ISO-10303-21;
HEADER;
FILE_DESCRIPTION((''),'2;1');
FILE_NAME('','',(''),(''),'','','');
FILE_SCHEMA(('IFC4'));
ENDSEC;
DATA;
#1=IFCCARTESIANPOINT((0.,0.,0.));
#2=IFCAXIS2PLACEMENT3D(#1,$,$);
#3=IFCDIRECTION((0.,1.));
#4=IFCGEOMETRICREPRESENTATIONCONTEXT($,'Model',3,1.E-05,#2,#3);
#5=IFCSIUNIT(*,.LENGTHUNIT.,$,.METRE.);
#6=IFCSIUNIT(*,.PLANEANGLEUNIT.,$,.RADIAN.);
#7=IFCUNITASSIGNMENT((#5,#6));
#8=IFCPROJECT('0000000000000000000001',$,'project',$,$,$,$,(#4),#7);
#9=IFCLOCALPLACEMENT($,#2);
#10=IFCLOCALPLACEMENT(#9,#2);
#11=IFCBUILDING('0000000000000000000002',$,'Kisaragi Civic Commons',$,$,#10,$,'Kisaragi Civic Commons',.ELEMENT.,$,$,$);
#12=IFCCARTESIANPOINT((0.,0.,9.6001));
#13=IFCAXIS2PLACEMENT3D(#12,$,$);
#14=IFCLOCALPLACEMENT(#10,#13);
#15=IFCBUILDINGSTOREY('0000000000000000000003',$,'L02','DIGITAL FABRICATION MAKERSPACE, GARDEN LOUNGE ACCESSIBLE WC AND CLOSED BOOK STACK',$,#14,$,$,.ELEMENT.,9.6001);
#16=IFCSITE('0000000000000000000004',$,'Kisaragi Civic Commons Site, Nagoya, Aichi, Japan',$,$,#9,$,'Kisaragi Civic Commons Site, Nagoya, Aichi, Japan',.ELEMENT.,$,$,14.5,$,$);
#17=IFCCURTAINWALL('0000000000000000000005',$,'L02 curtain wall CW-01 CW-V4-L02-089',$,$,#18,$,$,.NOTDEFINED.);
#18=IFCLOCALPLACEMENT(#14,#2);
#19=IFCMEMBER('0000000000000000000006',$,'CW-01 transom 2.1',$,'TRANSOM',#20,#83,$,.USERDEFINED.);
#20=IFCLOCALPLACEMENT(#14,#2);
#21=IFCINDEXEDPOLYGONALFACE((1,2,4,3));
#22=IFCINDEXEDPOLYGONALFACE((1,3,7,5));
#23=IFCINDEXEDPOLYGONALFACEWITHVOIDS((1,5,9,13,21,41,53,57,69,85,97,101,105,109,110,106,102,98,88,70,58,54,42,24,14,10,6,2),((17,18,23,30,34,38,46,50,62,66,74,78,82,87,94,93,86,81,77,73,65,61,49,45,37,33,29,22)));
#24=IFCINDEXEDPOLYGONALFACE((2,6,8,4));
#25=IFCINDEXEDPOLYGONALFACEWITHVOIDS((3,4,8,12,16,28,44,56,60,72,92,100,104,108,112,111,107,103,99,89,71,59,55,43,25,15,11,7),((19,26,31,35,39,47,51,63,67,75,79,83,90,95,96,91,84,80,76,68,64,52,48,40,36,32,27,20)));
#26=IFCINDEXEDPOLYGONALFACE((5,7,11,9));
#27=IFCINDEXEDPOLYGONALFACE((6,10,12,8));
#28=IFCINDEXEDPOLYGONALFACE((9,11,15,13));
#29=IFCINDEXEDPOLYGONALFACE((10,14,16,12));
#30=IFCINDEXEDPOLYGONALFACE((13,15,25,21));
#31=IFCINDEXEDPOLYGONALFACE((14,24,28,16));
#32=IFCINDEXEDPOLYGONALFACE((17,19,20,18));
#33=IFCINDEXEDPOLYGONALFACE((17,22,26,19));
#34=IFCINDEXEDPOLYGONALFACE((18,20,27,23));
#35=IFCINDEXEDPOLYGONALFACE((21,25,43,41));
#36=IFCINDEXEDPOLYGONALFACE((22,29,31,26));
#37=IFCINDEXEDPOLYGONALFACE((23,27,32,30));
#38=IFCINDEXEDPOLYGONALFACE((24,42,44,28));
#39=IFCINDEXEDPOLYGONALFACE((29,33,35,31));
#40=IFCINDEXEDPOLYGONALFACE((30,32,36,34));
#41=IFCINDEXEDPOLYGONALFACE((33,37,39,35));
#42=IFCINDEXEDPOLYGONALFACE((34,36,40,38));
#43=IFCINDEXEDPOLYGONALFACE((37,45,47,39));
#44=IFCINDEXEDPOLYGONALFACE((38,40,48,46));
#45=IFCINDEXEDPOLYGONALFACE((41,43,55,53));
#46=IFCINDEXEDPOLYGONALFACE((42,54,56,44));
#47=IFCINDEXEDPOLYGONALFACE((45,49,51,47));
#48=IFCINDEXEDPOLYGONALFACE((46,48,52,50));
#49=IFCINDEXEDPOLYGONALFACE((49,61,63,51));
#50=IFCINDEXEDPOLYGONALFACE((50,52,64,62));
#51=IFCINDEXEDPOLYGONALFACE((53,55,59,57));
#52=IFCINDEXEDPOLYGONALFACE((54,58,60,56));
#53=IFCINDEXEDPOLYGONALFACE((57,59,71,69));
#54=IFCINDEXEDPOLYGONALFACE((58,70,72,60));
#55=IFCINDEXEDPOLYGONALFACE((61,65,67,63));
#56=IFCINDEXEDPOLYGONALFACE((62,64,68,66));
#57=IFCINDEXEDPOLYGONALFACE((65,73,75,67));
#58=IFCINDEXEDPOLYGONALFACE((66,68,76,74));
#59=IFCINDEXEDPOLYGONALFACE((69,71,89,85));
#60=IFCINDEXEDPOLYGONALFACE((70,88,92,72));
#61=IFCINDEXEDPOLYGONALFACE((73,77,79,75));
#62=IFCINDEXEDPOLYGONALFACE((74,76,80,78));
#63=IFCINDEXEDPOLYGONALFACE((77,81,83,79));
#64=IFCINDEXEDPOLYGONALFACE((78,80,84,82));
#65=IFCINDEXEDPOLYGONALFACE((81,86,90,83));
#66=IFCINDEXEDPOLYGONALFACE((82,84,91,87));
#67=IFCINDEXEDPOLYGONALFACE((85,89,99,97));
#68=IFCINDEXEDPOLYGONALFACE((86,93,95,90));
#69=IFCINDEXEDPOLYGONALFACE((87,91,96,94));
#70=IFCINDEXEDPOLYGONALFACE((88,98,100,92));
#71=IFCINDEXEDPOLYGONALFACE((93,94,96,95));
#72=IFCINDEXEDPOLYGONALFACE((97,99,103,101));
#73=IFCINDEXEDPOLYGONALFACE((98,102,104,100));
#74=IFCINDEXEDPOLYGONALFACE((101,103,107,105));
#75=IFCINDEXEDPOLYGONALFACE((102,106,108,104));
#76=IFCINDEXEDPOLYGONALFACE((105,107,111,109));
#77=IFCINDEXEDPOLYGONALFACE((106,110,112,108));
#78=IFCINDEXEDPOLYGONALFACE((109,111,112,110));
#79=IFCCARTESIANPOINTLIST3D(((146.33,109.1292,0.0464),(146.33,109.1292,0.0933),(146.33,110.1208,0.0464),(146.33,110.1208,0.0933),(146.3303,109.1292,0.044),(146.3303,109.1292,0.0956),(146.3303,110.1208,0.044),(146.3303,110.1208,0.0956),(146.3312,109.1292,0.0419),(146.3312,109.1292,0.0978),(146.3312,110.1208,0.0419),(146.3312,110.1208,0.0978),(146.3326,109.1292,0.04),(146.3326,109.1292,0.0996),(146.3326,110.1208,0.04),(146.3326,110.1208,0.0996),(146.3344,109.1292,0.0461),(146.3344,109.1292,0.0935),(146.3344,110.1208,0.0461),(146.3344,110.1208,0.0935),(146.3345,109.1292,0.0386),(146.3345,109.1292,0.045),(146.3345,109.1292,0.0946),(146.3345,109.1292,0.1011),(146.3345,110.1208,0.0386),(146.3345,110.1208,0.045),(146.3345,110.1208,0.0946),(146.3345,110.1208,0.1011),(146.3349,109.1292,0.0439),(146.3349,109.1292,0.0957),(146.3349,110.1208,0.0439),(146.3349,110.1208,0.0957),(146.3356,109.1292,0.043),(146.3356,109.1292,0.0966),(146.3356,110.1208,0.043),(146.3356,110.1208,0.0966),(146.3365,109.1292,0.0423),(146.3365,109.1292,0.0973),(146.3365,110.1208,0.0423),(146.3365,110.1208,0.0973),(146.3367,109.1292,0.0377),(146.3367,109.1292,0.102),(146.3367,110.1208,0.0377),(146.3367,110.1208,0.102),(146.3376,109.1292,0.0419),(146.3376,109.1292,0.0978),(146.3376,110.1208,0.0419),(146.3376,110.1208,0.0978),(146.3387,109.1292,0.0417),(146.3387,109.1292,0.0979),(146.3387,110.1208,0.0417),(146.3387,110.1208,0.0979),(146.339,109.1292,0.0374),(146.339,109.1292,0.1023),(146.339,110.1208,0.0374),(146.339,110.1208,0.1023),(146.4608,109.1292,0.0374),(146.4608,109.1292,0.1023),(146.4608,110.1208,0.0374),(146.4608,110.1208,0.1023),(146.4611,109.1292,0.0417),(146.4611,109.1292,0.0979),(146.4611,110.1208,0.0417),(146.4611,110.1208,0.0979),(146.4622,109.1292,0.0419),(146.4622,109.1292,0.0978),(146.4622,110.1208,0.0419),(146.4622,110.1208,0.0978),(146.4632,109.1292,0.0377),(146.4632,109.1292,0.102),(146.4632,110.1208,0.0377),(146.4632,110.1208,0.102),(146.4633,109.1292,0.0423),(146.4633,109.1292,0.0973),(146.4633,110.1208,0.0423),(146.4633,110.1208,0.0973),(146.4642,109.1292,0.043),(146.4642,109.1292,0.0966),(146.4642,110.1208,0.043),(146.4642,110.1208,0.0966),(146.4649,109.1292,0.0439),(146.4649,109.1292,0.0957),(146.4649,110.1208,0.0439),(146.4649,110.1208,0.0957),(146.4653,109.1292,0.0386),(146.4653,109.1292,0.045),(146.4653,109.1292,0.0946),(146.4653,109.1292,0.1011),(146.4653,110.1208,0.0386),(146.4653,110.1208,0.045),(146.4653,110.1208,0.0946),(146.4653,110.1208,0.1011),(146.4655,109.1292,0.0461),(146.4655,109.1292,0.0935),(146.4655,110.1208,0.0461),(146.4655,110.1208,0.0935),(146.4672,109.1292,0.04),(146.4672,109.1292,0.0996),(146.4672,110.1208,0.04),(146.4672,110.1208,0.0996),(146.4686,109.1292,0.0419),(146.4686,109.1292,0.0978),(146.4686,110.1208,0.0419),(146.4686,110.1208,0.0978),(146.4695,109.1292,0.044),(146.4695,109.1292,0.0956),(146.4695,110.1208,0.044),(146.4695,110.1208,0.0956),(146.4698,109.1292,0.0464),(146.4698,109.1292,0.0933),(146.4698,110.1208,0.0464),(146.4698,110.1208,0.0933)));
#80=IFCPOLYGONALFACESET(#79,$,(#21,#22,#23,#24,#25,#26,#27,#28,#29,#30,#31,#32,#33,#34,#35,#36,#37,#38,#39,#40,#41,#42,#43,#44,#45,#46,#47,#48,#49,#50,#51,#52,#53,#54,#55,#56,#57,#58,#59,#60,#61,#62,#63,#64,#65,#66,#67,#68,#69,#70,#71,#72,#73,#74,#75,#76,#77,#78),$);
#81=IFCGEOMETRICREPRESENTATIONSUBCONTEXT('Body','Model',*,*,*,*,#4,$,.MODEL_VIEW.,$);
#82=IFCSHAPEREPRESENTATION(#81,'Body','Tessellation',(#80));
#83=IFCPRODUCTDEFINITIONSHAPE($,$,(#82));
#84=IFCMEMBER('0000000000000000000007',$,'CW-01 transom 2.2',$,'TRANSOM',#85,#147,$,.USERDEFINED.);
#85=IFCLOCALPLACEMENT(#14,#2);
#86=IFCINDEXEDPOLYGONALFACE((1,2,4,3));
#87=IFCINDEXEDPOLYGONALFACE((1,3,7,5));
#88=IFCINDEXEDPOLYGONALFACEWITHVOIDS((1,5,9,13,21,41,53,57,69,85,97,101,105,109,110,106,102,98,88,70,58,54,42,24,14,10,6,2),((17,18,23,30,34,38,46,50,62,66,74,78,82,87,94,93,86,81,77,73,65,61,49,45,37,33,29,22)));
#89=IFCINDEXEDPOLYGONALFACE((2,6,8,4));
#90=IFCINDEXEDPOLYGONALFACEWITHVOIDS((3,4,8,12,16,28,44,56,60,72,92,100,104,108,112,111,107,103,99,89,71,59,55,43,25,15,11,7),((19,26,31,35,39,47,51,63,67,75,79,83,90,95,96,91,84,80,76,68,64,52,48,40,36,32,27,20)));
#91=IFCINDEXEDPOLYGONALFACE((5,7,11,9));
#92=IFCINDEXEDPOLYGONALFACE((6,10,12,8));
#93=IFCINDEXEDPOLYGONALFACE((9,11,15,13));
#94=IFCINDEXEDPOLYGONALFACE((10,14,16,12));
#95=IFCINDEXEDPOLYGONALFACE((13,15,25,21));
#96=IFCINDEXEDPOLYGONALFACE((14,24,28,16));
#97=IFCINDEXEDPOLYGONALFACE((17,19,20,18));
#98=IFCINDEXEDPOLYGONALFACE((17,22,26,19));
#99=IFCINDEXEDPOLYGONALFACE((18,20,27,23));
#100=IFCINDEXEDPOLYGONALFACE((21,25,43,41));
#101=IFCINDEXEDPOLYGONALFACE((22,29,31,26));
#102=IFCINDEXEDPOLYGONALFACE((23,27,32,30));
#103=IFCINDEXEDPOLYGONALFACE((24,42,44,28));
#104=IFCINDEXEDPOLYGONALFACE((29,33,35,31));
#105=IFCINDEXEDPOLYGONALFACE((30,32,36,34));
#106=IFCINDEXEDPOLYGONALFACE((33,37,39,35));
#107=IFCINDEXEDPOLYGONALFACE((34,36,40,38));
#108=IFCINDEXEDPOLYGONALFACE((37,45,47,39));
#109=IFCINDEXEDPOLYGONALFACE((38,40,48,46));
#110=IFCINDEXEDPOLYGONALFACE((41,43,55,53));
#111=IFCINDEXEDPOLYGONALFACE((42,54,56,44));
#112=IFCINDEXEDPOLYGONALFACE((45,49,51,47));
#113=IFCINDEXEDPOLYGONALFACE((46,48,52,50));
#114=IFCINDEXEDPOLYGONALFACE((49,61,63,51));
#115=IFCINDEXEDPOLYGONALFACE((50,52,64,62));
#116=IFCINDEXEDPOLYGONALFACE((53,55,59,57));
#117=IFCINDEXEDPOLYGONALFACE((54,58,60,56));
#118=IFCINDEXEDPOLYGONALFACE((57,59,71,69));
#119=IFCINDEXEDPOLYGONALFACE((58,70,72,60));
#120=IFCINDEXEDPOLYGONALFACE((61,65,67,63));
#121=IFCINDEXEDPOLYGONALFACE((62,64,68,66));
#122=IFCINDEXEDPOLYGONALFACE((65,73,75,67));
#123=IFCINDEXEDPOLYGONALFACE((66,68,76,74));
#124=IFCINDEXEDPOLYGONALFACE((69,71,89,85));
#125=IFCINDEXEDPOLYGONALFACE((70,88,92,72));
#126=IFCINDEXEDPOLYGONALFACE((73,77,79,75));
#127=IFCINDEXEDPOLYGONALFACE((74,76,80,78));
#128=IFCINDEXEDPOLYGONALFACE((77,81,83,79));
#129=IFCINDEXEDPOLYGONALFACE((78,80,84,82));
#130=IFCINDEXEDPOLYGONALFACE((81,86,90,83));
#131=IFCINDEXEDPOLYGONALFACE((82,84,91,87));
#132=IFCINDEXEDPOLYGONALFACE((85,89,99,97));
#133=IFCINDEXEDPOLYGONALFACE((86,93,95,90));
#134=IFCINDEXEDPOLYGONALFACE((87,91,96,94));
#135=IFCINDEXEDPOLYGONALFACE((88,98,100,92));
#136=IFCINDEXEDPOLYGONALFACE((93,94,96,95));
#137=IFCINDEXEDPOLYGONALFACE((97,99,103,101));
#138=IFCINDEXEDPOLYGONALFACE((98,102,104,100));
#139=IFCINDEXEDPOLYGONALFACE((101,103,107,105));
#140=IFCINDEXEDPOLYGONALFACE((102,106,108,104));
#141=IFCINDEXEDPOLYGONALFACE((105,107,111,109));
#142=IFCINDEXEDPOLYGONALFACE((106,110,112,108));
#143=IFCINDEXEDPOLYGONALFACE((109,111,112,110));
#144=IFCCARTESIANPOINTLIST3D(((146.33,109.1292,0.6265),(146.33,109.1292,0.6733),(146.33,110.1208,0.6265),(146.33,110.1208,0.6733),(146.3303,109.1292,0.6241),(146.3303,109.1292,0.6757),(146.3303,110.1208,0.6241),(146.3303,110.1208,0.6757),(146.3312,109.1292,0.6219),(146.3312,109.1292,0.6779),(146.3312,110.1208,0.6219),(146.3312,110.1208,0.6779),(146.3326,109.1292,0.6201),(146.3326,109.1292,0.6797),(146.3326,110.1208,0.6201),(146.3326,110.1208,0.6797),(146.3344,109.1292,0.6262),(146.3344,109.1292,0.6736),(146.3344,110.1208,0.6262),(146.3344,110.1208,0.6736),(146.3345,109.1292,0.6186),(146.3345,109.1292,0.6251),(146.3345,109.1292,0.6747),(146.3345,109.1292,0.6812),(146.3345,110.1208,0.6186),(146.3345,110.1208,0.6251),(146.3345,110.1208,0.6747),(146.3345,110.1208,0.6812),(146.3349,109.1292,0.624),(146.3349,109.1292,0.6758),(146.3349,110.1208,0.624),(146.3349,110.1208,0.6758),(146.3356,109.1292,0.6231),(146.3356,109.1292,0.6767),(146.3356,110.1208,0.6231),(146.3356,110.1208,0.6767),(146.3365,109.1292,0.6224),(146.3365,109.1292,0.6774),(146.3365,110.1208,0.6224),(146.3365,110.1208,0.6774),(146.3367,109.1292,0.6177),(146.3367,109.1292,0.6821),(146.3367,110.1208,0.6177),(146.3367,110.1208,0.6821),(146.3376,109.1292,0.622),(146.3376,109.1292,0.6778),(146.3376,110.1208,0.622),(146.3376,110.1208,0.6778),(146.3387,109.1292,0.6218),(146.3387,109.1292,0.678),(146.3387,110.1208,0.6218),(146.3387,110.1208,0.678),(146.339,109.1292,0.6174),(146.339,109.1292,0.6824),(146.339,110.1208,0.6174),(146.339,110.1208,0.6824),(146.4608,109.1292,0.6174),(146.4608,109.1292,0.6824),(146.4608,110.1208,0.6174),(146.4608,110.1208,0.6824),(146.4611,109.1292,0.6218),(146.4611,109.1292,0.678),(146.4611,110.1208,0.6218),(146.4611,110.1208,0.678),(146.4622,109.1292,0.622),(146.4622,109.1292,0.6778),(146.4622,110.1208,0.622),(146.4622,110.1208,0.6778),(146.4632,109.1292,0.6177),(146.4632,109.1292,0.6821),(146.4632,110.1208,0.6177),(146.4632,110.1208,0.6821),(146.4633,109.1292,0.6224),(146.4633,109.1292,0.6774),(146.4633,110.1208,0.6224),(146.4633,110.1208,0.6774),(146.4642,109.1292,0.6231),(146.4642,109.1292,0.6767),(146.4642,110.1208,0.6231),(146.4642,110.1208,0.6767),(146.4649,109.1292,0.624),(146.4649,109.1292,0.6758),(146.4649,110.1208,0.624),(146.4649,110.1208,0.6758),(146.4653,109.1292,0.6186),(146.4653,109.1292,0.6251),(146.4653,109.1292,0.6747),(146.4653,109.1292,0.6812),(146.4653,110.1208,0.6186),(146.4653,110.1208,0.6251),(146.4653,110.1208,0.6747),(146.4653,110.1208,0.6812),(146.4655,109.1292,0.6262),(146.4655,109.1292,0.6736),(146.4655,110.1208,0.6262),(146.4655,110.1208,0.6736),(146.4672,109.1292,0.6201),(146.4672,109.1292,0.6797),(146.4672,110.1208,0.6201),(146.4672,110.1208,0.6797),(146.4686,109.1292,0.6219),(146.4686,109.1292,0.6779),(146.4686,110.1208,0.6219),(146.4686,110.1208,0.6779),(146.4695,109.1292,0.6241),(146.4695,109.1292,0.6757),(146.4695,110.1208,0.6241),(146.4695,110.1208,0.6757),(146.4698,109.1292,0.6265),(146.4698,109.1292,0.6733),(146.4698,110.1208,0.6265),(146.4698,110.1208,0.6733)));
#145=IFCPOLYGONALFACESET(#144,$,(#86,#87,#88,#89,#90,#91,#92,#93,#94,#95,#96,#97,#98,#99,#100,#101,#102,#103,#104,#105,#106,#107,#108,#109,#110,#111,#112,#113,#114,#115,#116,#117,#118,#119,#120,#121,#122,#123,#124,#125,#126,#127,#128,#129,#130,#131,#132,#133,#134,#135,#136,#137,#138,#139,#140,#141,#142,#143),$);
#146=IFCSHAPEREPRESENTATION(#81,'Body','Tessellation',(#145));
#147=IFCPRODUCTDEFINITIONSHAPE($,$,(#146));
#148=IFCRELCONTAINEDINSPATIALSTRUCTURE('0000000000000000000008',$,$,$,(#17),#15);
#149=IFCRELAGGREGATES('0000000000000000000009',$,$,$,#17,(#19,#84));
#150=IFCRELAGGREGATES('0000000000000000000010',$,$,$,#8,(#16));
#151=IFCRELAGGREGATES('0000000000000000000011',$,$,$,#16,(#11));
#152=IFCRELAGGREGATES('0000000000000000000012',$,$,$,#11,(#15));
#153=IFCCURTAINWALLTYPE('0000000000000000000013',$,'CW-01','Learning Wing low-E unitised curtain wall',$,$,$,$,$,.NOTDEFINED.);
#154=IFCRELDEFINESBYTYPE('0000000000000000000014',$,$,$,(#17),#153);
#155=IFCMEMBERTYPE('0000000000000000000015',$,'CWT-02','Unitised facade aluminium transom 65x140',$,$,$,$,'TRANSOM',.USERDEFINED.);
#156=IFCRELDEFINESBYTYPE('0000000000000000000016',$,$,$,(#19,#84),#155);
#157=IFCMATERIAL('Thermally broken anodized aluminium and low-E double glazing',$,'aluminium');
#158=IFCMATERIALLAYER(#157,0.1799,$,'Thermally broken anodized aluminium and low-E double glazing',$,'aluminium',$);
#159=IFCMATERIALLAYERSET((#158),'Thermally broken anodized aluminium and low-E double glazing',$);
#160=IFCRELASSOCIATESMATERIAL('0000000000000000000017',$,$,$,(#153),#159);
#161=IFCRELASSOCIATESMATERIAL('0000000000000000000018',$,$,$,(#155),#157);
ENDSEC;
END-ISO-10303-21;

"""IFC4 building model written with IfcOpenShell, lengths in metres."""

from ifc_helpers import new_model, si_unit, direction, frame, origin, origin_2d, place, context, subcontext, project, spatial, hollow_rectangle, extrude, material, layer, layer_set, material_profile, profile_set, type_object, element, aggregate, save


model = new_model("IFC4")

# Units and contexts
model_context = context("Model", 3, precision=1e-05, world=origin(), true_north=direction((0.0, 1.0)))
body_context = subcontext(model_context, "Body", "Model", "MODEL_VIEW")
ifc_project = project(units=[si_unit("LENGTHUNIT", "METRE"), si_unit("PLANEANGLEUNIT", "RADIAN")], contexts=[model_context])

# Site, building, storey
site_placement = place(None, origin())
site = spatial("IfcSite", under=ifc_project, at=site_placement, Name="Kisaragi Civic Commons Site, Nagoya, Aichi, Japan", LongName="Kisaragi Civic Commons Site, Nagoya, Aichi, Japan", CompositionType="ELEMENT", RefElevation=14.5)
building_placement = place(site_placement, origin())
building = spatial("IfcBuilding", under=site, at=building_placement, Name="Kisaragi Civic Commons", LongName="Kisaragi Civic Commons", CompositionType="ELEMENT")
storey_placement = place(building_placement, frame((0.0, 0.0, 9.6001)))
storey = spatial("IfcBuildingStorey", under=building, at=storey_placement, Name="L02", Description="DIGITAL FABRICATION MAKERSPACE, GARDEN LOUNGE ACCESSIBLE WC AND CLOSED BOOK STACK", CompositionType="ELEMENT", Elevation=9.6001)

# Shared definitions
ifc_material_1 = material(Name="Thermally broken anodized aluminium and low-E double glazing", Category="aluminium")
ifc_layer_1 = layer(ifc_material_1, 0.1799, Name="Thermally broken anodized aluminium and low-E double glazing", Category="aluminium")
ifc_layer_set_1 = layer_set([ifc_layer_1], Name="Thermally broken anodized aluminium and low-E double glazing")
curtain_wall_type = type_object("IfcCurtainWallType", Name="CW-01", Description="Learning Wing low-E unitised curtain wall", PredefinedType="NOTDEFINED", material=ifc_layer_set_1)

# Curtain wall, members
curtain_wall_1_placement = place(storey_placement, origin())
curtain_wall_1 = element("IfcCurtainWall", 1, at=curtain_wall_1_placement, inside=storey, type_object=curtain_wall_type, Name="L02 curtain wall CW-01 CW-V4-L02-089", PredefinedType="NOTDEFINED")
ifc_material_profile_1 = material_profile(ifc_material_1, hollow_rectangle(XDim=0.1399, YDim=0.0649, WallThickness=0.0044, InnerFilletRadius=0.0044, OuterFilletRadius=0.009, at=origin_2d()), Name="CWT-65x140x4.5", Category="aluminium")
ifc_profile_set_1 = profile_set([ifc_material_profile_1], Name="Thermally broken anodized aluminium and low-E double glazing")
member_type_1 = type_object("IfcMemberType", Name="CWT-02", Description="Unitised facade aluminium transom 65x140", ElementType="TRANSOM", PredefinedType="USERDEFINED", material=ifc_profile_set_1)
member_1_placement = place(storey_placement, frame((146.3999, 110.1208, 0.0698), z_axis=(0.0, -1.0, 0.0), x_axis=(1.0, 0.0, 0.0)))
member_1 = element("IfcMember", 2, at=member_1_placement, type_object=member_type_1, Name="CW-01 transom 2.1", ObjectType="TRANSOM", PredefinedType="USERDEFINED", context=body_context, shape_type="SweptSolid", body=[
    extrude(hollow_rectangle(XDim=0.1399, YDim=0.0649, WallThickness=0.0044, InnerFilletRadius=0.0044, OuterFilletRadius=0.009, at=origin_2d()), origin(), (0.0, 0.0, 1.0), 0.9917),
])
member_2_placement = place(storey_placement, frame((146.3999, 110.1208, 0.6499), z_axis=(0.0, -1.0, 0.0), x_axis=(1.0, 0.0, 0.0)))
member_2 = element("IfcMember", 3, at=member_2_placement, type_object=member_type_1, Name="CW-01 transom 2.2", ObjectType="TRANSOM", PredefinedType="USERDEFINED", context=body_context, shape_type="SweptSolid", body=[
    extrude(hollow_rectangle(XDim=0.1399, YDim=0.0649, WallThickness=0.0044, InnerFilletRadius=0.0044, OuterFilletRadius=0.009, at=origin_2d()), origin(), (0.0, 0.0, 1.0), 0.9917),
])

aggregate(curtain_wall_1, [member_1, member_2])

save(model, "model.ifc")
